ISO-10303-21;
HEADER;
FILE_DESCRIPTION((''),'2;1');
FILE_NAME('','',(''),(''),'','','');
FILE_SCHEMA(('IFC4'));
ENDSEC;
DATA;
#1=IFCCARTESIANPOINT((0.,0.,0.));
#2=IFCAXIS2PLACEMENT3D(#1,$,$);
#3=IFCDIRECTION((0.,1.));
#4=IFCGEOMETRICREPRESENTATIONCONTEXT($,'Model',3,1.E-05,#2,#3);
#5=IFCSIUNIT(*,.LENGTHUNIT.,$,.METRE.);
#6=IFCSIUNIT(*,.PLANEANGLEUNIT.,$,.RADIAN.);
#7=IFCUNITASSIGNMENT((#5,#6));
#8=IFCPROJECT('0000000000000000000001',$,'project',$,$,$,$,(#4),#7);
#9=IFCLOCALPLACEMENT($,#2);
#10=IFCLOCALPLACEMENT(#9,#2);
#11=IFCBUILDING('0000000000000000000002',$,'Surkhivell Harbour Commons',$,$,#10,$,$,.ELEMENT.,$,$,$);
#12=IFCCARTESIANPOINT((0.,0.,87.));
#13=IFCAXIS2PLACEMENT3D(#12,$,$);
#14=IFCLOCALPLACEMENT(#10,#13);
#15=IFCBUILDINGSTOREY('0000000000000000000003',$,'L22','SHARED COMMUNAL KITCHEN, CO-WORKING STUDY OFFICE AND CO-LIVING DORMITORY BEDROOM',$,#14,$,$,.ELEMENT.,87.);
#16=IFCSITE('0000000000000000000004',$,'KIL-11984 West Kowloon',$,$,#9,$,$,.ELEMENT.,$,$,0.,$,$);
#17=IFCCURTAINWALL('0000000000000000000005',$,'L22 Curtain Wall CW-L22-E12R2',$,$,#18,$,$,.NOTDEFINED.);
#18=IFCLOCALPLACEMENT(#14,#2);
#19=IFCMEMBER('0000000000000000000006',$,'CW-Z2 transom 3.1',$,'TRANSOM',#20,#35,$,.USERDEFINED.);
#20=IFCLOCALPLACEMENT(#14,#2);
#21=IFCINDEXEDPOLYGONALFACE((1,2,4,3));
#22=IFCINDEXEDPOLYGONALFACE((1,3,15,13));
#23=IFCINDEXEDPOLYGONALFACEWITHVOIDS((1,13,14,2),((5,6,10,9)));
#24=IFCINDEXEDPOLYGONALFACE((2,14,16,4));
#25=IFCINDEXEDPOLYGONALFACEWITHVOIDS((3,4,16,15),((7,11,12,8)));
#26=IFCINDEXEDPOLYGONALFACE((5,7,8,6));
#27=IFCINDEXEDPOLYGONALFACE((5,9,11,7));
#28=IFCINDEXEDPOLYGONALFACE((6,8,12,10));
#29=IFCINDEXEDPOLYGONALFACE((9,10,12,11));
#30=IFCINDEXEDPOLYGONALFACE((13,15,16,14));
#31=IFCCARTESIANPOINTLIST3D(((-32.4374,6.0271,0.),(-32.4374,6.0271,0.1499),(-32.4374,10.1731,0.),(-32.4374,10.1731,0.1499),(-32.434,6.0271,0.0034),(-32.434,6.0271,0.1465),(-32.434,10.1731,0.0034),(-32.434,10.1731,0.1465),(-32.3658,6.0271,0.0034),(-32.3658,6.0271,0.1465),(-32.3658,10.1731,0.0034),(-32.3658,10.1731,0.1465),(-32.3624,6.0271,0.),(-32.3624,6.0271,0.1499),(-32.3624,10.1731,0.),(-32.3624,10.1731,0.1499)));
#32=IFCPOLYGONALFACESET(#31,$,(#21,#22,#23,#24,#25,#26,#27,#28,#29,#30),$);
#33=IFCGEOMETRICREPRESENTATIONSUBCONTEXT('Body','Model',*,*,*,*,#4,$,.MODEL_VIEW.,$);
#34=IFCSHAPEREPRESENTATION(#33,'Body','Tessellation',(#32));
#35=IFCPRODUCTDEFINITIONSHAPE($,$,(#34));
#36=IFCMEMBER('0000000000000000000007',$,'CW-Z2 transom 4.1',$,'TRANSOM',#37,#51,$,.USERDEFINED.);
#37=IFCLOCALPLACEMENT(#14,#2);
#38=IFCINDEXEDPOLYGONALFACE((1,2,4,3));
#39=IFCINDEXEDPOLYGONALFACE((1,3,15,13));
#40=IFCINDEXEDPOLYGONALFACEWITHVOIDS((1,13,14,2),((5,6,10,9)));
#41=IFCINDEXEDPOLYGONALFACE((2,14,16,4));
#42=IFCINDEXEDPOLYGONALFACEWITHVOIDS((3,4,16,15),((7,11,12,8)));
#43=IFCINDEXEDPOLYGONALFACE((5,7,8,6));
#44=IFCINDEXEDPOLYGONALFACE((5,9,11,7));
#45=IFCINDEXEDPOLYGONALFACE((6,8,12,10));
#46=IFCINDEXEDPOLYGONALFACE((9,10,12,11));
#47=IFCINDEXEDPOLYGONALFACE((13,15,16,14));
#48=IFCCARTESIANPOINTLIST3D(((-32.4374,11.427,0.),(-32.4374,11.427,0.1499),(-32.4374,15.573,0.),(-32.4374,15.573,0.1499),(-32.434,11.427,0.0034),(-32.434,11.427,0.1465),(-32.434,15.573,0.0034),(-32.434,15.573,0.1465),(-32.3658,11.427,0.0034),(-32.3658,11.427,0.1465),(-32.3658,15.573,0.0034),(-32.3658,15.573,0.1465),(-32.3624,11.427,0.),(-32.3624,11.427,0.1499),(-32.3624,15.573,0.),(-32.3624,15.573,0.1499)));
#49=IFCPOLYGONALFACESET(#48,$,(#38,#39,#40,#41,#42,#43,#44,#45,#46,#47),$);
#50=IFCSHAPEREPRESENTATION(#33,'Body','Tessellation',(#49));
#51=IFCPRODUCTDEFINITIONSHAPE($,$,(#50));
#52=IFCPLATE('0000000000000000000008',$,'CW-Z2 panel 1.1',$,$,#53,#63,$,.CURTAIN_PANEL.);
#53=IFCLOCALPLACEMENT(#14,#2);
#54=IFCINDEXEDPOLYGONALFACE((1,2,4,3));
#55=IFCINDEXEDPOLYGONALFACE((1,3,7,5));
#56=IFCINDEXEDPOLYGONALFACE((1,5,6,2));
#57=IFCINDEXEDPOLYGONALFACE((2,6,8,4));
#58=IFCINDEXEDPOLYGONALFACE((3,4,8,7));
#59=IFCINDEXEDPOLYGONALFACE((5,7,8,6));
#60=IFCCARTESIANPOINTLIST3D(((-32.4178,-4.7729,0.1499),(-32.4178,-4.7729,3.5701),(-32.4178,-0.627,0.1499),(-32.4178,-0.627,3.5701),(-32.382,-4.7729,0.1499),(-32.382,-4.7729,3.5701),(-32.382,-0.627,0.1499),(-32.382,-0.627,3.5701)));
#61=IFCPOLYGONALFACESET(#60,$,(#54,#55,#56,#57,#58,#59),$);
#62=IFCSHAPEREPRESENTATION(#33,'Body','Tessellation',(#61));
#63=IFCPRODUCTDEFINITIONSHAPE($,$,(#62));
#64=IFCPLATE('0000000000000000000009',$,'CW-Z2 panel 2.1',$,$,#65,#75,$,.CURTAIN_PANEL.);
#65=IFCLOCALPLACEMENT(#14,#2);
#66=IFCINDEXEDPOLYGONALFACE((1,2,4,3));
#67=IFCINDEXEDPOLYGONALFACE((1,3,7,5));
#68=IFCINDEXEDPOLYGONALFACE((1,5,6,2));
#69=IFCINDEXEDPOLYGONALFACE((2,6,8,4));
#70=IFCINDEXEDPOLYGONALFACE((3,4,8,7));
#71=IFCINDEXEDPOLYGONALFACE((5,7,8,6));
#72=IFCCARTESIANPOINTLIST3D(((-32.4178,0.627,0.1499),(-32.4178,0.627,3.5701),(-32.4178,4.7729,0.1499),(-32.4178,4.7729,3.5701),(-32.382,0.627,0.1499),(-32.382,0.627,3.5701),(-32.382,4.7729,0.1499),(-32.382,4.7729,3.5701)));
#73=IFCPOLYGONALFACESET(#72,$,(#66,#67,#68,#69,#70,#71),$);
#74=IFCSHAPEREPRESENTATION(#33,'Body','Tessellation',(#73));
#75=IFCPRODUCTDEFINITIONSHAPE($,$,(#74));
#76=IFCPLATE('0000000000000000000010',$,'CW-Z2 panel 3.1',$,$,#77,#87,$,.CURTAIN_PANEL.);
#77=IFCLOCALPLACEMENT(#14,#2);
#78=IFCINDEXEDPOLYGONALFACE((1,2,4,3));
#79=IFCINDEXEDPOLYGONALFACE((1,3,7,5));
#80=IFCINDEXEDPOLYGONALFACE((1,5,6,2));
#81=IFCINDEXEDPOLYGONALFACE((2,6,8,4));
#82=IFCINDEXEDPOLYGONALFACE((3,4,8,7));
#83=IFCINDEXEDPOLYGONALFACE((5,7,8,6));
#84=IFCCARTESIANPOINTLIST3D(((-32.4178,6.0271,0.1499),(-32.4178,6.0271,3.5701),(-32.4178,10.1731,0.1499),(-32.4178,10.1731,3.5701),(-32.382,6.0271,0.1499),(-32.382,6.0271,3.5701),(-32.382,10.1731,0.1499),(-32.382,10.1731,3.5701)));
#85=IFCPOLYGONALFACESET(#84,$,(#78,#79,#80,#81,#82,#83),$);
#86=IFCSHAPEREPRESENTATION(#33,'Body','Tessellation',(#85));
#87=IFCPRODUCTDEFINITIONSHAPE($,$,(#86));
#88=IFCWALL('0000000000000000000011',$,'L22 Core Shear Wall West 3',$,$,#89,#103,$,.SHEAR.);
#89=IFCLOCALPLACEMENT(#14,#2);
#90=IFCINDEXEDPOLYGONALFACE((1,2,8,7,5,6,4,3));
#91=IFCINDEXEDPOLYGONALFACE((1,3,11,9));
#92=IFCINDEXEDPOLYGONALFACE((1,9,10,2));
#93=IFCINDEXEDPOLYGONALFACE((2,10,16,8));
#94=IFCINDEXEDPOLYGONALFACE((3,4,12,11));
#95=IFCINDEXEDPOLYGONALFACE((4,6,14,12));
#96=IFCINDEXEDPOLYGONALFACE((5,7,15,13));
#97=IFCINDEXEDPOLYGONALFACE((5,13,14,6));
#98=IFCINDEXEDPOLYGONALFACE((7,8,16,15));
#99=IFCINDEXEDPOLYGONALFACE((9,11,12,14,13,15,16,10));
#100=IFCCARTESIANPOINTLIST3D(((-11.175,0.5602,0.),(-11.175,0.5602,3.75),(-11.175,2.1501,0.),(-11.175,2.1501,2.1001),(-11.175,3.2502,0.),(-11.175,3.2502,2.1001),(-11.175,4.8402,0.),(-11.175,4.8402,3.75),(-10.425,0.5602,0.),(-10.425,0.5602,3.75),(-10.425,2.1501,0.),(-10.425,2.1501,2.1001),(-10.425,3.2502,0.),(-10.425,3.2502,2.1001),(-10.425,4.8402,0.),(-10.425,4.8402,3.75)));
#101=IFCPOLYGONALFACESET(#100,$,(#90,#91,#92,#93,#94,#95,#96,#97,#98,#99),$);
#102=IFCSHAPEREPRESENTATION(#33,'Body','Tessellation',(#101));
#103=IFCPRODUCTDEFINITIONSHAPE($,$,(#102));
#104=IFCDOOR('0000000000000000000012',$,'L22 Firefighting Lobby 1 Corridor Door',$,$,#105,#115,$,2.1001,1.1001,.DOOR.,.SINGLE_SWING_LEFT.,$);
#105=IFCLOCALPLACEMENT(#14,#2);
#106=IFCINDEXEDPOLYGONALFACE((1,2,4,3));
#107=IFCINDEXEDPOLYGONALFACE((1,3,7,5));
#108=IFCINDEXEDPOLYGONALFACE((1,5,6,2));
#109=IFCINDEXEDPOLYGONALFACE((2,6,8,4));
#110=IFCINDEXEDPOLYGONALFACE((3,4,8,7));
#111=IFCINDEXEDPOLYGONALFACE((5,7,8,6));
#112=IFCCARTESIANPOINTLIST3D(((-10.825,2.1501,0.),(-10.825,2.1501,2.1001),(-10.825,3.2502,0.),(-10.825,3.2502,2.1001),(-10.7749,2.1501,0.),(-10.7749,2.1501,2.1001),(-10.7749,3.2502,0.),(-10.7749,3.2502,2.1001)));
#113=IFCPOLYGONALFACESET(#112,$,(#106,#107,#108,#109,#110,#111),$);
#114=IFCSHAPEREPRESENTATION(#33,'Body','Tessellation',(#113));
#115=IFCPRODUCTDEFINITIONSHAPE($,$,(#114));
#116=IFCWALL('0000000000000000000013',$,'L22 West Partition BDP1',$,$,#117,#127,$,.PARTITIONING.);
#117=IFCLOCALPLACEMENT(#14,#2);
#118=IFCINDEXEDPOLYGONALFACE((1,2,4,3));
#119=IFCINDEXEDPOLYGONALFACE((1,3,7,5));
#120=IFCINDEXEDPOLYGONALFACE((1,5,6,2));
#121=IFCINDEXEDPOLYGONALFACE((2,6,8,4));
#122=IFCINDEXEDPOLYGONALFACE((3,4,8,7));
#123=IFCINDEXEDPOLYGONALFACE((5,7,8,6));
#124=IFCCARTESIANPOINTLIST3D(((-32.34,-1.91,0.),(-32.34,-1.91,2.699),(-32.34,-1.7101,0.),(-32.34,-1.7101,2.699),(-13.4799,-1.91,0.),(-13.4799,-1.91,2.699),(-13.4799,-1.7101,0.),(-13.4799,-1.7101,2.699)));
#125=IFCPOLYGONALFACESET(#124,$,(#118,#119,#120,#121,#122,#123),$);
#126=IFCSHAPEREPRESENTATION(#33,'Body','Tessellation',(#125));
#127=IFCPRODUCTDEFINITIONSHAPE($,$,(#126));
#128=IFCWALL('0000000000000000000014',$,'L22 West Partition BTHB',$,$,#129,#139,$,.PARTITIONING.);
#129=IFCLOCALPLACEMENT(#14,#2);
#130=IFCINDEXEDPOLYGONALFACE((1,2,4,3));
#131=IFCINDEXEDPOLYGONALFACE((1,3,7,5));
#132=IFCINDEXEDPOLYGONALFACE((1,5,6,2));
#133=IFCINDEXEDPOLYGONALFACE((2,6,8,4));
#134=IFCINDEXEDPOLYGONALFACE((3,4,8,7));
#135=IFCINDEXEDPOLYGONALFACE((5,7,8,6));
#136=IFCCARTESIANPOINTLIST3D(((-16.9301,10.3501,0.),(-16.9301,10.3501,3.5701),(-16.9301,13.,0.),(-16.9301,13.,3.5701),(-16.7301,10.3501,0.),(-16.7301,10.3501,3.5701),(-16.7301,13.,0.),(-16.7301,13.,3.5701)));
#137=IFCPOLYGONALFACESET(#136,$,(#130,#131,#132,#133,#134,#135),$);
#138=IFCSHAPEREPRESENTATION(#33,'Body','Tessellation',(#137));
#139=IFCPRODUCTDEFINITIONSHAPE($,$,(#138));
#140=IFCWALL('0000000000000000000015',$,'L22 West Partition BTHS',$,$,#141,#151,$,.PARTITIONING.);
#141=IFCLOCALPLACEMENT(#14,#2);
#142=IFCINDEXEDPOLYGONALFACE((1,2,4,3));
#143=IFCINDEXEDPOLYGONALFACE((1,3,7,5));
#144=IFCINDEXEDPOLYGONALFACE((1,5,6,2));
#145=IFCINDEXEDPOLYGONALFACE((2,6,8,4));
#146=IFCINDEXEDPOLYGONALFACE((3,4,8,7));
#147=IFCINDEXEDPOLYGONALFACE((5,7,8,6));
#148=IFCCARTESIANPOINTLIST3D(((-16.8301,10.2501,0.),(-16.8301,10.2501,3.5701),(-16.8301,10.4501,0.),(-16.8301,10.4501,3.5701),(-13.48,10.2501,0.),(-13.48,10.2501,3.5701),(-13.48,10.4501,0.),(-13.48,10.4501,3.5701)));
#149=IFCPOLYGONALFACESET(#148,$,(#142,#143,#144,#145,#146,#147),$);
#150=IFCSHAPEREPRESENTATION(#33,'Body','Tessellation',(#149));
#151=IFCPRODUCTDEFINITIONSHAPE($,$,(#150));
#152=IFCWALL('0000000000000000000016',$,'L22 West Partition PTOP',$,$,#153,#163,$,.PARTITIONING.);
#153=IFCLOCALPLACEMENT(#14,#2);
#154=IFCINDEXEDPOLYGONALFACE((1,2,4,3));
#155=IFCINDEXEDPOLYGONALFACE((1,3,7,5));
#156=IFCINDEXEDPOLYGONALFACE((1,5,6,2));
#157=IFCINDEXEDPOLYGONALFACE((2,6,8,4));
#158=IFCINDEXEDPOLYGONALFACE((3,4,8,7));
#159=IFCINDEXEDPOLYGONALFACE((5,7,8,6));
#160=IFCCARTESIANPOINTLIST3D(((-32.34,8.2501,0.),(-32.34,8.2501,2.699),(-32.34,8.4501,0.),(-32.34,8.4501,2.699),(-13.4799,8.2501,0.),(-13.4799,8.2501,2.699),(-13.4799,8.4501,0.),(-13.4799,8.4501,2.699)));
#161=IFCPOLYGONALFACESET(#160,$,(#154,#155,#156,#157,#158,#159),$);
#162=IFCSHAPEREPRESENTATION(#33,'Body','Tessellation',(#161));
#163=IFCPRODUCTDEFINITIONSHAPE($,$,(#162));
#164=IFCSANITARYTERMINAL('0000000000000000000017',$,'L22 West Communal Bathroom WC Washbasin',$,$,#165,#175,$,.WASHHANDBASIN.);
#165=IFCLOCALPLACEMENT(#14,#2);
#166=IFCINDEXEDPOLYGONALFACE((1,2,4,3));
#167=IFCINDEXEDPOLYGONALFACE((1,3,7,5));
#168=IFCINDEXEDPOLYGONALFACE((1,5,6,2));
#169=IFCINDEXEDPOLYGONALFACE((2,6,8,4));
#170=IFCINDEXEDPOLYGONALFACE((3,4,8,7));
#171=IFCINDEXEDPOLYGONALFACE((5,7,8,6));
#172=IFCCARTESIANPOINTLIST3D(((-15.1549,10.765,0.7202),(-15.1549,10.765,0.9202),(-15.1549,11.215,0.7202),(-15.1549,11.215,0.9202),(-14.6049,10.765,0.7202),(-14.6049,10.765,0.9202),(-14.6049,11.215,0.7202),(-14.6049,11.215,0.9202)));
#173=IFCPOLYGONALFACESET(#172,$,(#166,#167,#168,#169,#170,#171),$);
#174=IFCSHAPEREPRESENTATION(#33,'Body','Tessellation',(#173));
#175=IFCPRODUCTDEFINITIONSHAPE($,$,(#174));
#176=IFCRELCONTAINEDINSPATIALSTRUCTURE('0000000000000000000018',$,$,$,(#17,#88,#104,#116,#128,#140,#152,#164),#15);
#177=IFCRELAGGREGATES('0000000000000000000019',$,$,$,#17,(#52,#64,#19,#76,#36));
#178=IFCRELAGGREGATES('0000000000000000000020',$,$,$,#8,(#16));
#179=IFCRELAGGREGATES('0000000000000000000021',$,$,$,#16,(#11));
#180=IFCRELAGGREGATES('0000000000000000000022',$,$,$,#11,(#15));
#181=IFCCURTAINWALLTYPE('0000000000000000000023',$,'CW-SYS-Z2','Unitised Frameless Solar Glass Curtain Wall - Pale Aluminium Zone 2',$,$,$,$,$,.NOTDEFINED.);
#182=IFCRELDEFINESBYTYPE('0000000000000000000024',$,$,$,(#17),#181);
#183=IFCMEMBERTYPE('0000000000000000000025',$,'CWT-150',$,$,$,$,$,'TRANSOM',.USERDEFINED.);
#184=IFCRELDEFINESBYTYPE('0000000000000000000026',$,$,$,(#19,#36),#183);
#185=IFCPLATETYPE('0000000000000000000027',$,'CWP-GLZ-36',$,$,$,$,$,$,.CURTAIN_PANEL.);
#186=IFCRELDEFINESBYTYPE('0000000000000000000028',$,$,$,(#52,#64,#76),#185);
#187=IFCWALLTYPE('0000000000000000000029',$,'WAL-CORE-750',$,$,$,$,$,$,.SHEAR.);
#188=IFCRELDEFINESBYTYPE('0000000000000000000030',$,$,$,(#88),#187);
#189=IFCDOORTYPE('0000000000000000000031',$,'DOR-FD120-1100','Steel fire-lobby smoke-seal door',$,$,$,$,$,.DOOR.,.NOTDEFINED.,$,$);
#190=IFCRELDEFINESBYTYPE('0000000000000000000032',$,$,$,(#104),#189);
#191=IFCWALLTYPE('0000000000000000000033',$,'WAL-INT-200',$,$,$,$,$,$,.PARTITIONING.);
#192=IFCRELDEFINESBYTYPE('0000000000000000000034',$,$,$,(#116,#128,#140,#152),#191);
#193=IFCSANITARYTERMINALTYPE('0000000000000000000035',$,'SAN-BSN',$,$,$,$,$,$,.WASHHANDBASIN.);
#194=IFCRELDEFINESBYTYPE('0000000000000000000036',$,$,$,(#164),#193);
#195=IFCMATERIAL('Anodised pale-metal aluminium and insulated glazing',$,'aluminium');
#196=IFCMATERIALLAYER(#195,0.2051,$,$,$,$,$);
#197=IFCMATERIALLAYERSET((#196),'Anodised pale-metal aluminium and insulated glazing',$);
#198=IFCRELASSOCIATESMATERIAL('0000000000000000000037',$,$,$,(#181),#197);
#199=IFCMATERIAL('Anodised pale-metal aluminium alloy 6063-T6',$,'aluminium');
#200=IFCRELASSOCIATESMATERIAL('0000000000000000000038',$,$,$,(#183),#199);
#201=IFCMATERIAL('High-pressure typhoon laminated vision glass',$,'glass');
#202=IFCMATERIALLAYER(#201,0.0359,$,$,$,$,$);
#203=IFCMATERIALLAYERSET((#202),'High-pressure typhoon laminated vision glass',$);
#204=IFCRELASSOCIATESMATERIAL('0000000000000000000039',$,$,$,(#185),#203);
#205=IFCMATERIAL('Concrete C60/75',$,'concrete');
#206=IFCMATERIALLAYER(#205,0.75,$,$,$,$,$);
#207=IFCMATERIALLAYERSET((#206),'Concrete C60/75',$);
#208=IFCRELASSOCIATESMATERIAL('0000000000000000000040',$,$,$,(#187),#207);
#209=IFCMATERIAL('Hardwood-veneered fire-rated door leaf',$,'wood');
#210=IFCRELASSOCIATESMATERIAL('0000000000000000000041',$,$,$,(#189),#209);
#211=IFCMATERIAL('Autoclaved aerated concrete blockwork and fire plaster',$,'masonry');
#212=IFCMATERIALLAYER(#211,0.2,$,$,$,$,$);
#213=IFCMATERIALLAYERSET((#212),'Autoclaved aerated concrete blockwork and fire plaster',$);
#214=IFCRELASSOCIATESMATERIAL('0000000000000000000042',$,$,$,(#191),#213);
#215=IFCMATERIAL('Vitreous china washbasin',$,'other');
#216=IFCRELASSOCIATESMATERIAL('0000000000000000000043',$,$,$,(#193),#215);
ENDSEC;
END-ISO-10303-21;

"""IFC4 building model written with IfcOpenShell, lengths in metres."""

from ifc_helpers import new_model, si_unit, direction, frame, frame_2d, origin, origin_2d, place, context, subcontext, project, spatial, rectangle, hollow_rectangle, extrude, material, layer, layer_set, material_profile, profile_set, type_object, element, fill, aggregate, save


model = new_model("IFC4")

# Units and contexts
model_context = context("Model", 3, precision=1e-05, world=origin(), true_north=direction((0.0, 1.0)))
body_context = subcontext(model_context, "Body", "Model", "MODEL_VIEW")
ifc_project = project(units=[si_unit("LENGTHUNIT", "METRE"), si_unit("PLANEANGLEUNIT", "RADIAN")], contexts=[model_context])

# Site, building, storey
site_placement = place(None, origin())
site = spatial("IfcSite", under=ifc_project, at=site_placement, Name="KIL-11984 West Kowloon", CompositionType="ELEMENT", RefElevation=0.0)
building_placement = place(site_placement, origin())
building = spatial("IfcBuilding", under=site, at=building_placement, Name="Surkhivell Harbour Commons", CompositionType="ELEMENT")
storey_placement = place(building_placement, frame((0.0, 0.0, 87.0)))
storey = spatial("IfcBuildingStorey", under=building, at=storey_placement, Name="L22", Description="SHARED COMMUNAL KITCHEN, CO-WORKING STUDY OFFICE AND CO-LIVING DORMITORY BEDROOM", CompositionType="ELEMENT", Elevation=87.0)

# Shared definitions
ifc_material_1 = material(Name="Concrete C60/75", Category="concrete")

# Curtain wall, members, plates
ifc_material_2 = material(Name="Anodised pale-metal aluminium and insulated glazing", Category="aluminium")
ifc_layer_1 = layer(ifc_material_2, 0.2051)
ifc_layer_set_1 = layer_set([ifc_layer_1], Name="Anodised pale-metal aluminium and insulated glazing")
curtain_wall_type = type_object("IfcCurtainWallType", Name="CW-SYS-Z2", Description="Unitised Frameless Solar Glass Curtain Wall - Pale Aluminium Zone 2", PredefinedType="NOTDEFINED", material=ifc_layer_set_1)
curtain_wall_placement = place(storey_placement, origin())
curtain_wall = element("IfcCurtainWall", 1, at=curtain_wall_placement, inside=storey, type_object=curtain_wall_type, Name="L22 Curtain Wall CW-L22-E12R2", PredefinedType="NOTDEFINED")
ifc_material_3 = material(Name="Anodised pale-metal aluminium alloy 6063-T6", Category="aluminium")
ifc_material_profile_1 = material_profile(ifc_material_3, hollow_rectangle(XDim=0.075, YDim=0.1499, WallThickness=0.0034, at=origin_2d()), Name="ALU-TRAN-75x150")
ifc_profile_set_1 = profile_set([ifc_material_profile_1], Name="Anodised pale-metal aluminium alloy 6063-T6")
member_type_1 = type_object("IfcMemberType", Name="CWT-150", ElementType="TRANSOM", PredefinedType="USERDEFINED", material=ifc_profile_set_1)
member_1_placement = place(storey_placement, frame((-32.3999, 6.0271, 0.075), z_axis=(0.0, 1.0, 0.0), x_axis=(-1.0, 0.0, 0.0)))
member_1 = element("IfcMember", 2, at=member_1_placement, type_object=member_type_1, Name="CW-Z2 transom 3.1", ObjectType="TRANSOM", PredefinedType="USERDEFINED", context=body_context, shape_type="SweptSolid", body=[
    extrude(hollow_rectangle(XDim=0.075, YDim=0.1499, WallThickness=0.0034, at=origin_2d()), origin(), (0.0, 0.0, 1.0), 4.146),
])
member_2_placement = place(storey_placement, frame((-32.3999, 11.427, 0.075), z_axis=(0.0, 1.0, 0.0), x_axis=(-1.0, 0.0, 0.0)))
member_2 = element("IfcMember", 3, at=member_2_placement, type_object=member_type_1, Name="CW-Z2 transom 4.1", ObjectType="TRANSOM", PredefinedType="USERDEFINED", context=body_context, shape_type="SweptSolid", body=[
    extrude(hollow_rectangle(XDim=0.075, YDim=0.1499, WallThickness=0.0034, at=origin_2d()), origin(), (0.0, 0.0, 1.0), 4.146),
])
ifc_material_4 = material(Name="High-pressure typhoon laminated vision glass", Category="glass")
ifc_layer_2 = layer(ifc_material_4, 0.0359)
ifc_layer_set_2 = layer_set([ifc_layer_2], Name="High-pressure typhoon laminated vision glass")
plate_type = type_object("IfcPlateType", Name="CWP-GLZ-36", PredefinedType="CURTAIN_PANEL", material=ifc_layer_set_2)
plate_1_placement = place(storey_placement, frame((-32.3999, -4.7729, 0.1499), z_axis=(0.0, 0.0, 1.0), x_axis=(0.0, 1.0, 0.0)))
plate_1 = element("IfcPlate", 4, at=plate_1_placement, type_object=plate_type, Name="CW-Z2 panel 1.1", PredefinedType="CURTAIN_PANEL", context=body_context, shape_type="SweptSolid", body=[
    extrude(rectangle(XDim=4.146, YDim=0.0359, at=frame_2d((2.073, 0.0))), origin(), (0.0, 0.0, 1.0), 3.4202),
])
plate_2_placement = place(storey_placement, frame((-32.3999, 0.627, 0.1499), z_axis=(0.0, 0.0, 1.0), x_axis=(0.0, 1.0, 0.0)))
plate_2 = element("IfcPlate", 5, at=plate_2_placement, type_object=plate_type, Name="CW-Z2 panel 2.1", PredefinedType="CURTAIN_PANEL", context=body_context, shape_type="SweptSolid", body=[
    extrude(rectangle(XDim=4.146, YDim=0.0359, at=frame_2d((2.073, 0.0))), origin(), (0.0, 0.0, 1.0), 3.4202),
])
plate_3_placement = place(storey_placement, frame((-32.3999, 6.0271, 0.1499), z_axis=(0.0, 0.0, 1.0), x_axis=(0.0, 1.0, 0.0)))
plate_3 = element("IfcPlate", 6, at=plate_3_placement, type_object=plate_type, Name="CW-Z2 panel 3.1", PredefinedType="CURTAIN_PANEL", context=body_context, shape_type="SweptSolid", body=[
    extrude(rectangle(XDim=4.146, YDim=0.0359, at=frame_2d((2.073, 0.0))), origin(), (0.0, 0.0, 1.0), 3.4202),
])
aggregate(curtain_wall, [plate_1, plate_2, member_1, plate_3, member_2])

# Wall, opening, door
ifc_layer_3 = layer(ifc_material_1, 0.75)
ifc_layer_set_3 = layer_set([ifc_layer_3], Name="Concrete C60/75")
wall_type_1 = type_object("IfcWallType", Name="WAL-CORE-750", PredefinedType="SHEAR", material=ifc_layer_set_3)
wall_1_placement = place(storey_placement, frame((-10.8, 0.5601, 0.0), z_axis=(0.0, 0.0, 1.0), x_axis=(0.0, 1.0, 0.0)))
wall_1 = element("IfcWall", 7, at=wall_1_placement, inside=storey, type_object=wall_type_1, Name="L22 Core Shear Wall West 3", PredefinedType="SHEAR", context=body_context, shape_type="SweptSolid", body=[
    extrude(rectangle(XDim=4.28, YDim=0.75, at=frame_2d((2.1401, 0.0))), origin(), (0.0, 0.0, 1.0), 3.75),
])
opening_placement = place(wall_1_placement, frame((1.5901, 0.0, 0.0)))
opening = element("IfcOpeningElement", 8, at=opening_placement, cuts=wall_1, PredefinedType="OPENING", context=body_context, shape_type="SweptSolid", body=[
    extrude(rectangle(XDim=1.1001, YDim=2.1001, at=frame_2d((0.55, 1.05))), frame((0.0, 0.385, 0.0), z_axis=(0.0, -1.0, 0.0), x_axis=(1.0, 0.0, 0.0)), (0.0, 0.0, 1.0), 0.77),
])
ifc_material_5 = material(Name="Hardwood-veneered fire-rated door leaf", Category="wood")
door_type = type_object("IfcDoorType", Name="DOR-FD120-1100", Description="Steel fire-lobby smoke-seal door", OperationType="NOTDEFINED", PredefinedType="DOOR", material=ifc_material_5)
door_placement = place(opening_placement, origin())
door = element("IfcDoor", 9, at=door_placement, inside=storey, type_object=door_type, Name="L22 Firefighting Lobby 1 Corridor Door", OperationType="SINGLE_SWING_LEFT", OverallHeight=2.1001, OverallWidth=1.1001, PredefinedType="DOOR", context=body_context, shape_type="SweptSolid", body=[
    extrude(rectangle(XDim=1.1001, YDim=2.1001, at=frame_2d((0.55, 1.05))), frame((0.0, 0.0249, 0.0), z_axis=(0.0, -1.0, 0.0), x_axis=(1.0, 0.0, 0.0)), (0.0, 0.0, 1.0), 0.05),
])
fill(opening, door)

# Walls
ifc_material_6 = material(Name="Autoclaved aerated concrete blockwork and fire plaster", Category="masonry")
ifc_layer_4 = layer(ifc_material_6, 0.2)
ifc_layer_set_4 = layer_set([ifc_layer_4], Name="Autoclaved aerated concrete blockwork and fire plaster")
wall_type_2 = type_object("IfcWallType", Name="WAL-INT-200", PredefinedType="PARTITIONING", material=ifc_layer_set_4)
wall_2_placement = place(storey_placement, frame((-32.3401, -1.8101, 0.0), z_axis=(0.0, 0.0, 1.0), x_axis=(1.0, 0.0, 0.0)))
element("IfcWall", 10, at=wall_2_placement, inside=storey, type_object=wall_type_2, Name="L22 West Partition BDP1", PredefinedType="PARTITIONING", context=body_context, shape_type="SweptSolid", body=[
    extrude(rectangle(XDim=18.8601, YDim=0.2, at=frame_2d((9.4302, 0.0))), origin(), (0.0, 0.0, 1.0), 2.699),
])
wall_3_placement = place(storey_placement, frame((-16.8301, 10.3501, 0.0), z_axis=(0.0, 0.0, 1.0), x_axis=(0.0, 1.0, 0.0)))
element("IfcWall", 11, at=wall_3_placement, inside=storey, type_object=wall_type_2, Name="L22 West Partition BTHB", PredefinedType="PARTITIONING", context=body_context, shape_type="SweptSolid", body=[
    extrude(rectangle(XDim=2.6499, YDim=0.2, at=frame_2d((1.325, 0.0))), origin(), (0.0, 0.0, 1.0), 3.5701),
])
wall_4_placement = place(storey_placement, frame((-16.8301, 10.3501, 0.0), z_axis=(0.0, 0.0, 1.0), x_axis=(1.0, 0.0, 0.0)))
element("IfcWall", 12, at=wall_4_placement, inside=storey, type_object=wall_type_2, Name="L22 West Partition BTHS", PredefinedType="PARTITIONING", context=body_context, shape_type="SweptSolid", body=[
    extrude(rectangle(XDim=3.3501, YDim=0.2, at=frame_2d((1.675, 0.0))), origin(), (0.0, 0.0, 1.0), 3.5701),
])
wall_5_placement = place(storey_placement, frame((-32.3401, 8.3501, 0.0), z_axis=(0.0, 0.0, 1.0), x_axis=(1.0, 0.0, 0.0)))
element("IfcWall", 13, at=wall_5_placement, inside=storey, type_object=wall_type_2, Name="L22 West Partition PTOP", PredefinedType="PARTITIONING", context=body_context, shape_type="SweptSolid", body=[
    extrude(rectangle(XDim=18.8601, YDim=0.2, at=frame_2d((9.4302, 0.0))), origin(), (0.0, 0.0, 1.0), 2.699),
])

# Sanitary terminal
ifc_material_7 = material(Name="Vitreous china washbasin", Category="other")
sanitary_terminal_type_1 = type_object("IfcSanitaryTerminalType", Name="SAN-BSN", PredefinedType="WASHHANDBASIN", material=ifc_material_7)
sanitary_terminal_1_placement = place(storey_placement, frame((-14.8799, 10.99, 0.7202), z_axis=(0.0, 0.0, 1.0), x_axis=(1.0, 0.0, 0.0)))
element("IfcSanitaryTerminal", 14, at=sanitary_terminal_1_placement, inside=storey, type_object=sanitary_terminal_type_1, Name="L22 West Communal Bathroom WC Washbasin", PredefinedType="WASHHANDBASIN", context=body_context, shape_type="SweptSolid", body=[
    extrude(rectangle(XDim=0.55, YDim=0.45, at=origin_2d()), origin(), (0.0, 0.0, 1.0), 0.2),
])

save(model, "model.ifc")
